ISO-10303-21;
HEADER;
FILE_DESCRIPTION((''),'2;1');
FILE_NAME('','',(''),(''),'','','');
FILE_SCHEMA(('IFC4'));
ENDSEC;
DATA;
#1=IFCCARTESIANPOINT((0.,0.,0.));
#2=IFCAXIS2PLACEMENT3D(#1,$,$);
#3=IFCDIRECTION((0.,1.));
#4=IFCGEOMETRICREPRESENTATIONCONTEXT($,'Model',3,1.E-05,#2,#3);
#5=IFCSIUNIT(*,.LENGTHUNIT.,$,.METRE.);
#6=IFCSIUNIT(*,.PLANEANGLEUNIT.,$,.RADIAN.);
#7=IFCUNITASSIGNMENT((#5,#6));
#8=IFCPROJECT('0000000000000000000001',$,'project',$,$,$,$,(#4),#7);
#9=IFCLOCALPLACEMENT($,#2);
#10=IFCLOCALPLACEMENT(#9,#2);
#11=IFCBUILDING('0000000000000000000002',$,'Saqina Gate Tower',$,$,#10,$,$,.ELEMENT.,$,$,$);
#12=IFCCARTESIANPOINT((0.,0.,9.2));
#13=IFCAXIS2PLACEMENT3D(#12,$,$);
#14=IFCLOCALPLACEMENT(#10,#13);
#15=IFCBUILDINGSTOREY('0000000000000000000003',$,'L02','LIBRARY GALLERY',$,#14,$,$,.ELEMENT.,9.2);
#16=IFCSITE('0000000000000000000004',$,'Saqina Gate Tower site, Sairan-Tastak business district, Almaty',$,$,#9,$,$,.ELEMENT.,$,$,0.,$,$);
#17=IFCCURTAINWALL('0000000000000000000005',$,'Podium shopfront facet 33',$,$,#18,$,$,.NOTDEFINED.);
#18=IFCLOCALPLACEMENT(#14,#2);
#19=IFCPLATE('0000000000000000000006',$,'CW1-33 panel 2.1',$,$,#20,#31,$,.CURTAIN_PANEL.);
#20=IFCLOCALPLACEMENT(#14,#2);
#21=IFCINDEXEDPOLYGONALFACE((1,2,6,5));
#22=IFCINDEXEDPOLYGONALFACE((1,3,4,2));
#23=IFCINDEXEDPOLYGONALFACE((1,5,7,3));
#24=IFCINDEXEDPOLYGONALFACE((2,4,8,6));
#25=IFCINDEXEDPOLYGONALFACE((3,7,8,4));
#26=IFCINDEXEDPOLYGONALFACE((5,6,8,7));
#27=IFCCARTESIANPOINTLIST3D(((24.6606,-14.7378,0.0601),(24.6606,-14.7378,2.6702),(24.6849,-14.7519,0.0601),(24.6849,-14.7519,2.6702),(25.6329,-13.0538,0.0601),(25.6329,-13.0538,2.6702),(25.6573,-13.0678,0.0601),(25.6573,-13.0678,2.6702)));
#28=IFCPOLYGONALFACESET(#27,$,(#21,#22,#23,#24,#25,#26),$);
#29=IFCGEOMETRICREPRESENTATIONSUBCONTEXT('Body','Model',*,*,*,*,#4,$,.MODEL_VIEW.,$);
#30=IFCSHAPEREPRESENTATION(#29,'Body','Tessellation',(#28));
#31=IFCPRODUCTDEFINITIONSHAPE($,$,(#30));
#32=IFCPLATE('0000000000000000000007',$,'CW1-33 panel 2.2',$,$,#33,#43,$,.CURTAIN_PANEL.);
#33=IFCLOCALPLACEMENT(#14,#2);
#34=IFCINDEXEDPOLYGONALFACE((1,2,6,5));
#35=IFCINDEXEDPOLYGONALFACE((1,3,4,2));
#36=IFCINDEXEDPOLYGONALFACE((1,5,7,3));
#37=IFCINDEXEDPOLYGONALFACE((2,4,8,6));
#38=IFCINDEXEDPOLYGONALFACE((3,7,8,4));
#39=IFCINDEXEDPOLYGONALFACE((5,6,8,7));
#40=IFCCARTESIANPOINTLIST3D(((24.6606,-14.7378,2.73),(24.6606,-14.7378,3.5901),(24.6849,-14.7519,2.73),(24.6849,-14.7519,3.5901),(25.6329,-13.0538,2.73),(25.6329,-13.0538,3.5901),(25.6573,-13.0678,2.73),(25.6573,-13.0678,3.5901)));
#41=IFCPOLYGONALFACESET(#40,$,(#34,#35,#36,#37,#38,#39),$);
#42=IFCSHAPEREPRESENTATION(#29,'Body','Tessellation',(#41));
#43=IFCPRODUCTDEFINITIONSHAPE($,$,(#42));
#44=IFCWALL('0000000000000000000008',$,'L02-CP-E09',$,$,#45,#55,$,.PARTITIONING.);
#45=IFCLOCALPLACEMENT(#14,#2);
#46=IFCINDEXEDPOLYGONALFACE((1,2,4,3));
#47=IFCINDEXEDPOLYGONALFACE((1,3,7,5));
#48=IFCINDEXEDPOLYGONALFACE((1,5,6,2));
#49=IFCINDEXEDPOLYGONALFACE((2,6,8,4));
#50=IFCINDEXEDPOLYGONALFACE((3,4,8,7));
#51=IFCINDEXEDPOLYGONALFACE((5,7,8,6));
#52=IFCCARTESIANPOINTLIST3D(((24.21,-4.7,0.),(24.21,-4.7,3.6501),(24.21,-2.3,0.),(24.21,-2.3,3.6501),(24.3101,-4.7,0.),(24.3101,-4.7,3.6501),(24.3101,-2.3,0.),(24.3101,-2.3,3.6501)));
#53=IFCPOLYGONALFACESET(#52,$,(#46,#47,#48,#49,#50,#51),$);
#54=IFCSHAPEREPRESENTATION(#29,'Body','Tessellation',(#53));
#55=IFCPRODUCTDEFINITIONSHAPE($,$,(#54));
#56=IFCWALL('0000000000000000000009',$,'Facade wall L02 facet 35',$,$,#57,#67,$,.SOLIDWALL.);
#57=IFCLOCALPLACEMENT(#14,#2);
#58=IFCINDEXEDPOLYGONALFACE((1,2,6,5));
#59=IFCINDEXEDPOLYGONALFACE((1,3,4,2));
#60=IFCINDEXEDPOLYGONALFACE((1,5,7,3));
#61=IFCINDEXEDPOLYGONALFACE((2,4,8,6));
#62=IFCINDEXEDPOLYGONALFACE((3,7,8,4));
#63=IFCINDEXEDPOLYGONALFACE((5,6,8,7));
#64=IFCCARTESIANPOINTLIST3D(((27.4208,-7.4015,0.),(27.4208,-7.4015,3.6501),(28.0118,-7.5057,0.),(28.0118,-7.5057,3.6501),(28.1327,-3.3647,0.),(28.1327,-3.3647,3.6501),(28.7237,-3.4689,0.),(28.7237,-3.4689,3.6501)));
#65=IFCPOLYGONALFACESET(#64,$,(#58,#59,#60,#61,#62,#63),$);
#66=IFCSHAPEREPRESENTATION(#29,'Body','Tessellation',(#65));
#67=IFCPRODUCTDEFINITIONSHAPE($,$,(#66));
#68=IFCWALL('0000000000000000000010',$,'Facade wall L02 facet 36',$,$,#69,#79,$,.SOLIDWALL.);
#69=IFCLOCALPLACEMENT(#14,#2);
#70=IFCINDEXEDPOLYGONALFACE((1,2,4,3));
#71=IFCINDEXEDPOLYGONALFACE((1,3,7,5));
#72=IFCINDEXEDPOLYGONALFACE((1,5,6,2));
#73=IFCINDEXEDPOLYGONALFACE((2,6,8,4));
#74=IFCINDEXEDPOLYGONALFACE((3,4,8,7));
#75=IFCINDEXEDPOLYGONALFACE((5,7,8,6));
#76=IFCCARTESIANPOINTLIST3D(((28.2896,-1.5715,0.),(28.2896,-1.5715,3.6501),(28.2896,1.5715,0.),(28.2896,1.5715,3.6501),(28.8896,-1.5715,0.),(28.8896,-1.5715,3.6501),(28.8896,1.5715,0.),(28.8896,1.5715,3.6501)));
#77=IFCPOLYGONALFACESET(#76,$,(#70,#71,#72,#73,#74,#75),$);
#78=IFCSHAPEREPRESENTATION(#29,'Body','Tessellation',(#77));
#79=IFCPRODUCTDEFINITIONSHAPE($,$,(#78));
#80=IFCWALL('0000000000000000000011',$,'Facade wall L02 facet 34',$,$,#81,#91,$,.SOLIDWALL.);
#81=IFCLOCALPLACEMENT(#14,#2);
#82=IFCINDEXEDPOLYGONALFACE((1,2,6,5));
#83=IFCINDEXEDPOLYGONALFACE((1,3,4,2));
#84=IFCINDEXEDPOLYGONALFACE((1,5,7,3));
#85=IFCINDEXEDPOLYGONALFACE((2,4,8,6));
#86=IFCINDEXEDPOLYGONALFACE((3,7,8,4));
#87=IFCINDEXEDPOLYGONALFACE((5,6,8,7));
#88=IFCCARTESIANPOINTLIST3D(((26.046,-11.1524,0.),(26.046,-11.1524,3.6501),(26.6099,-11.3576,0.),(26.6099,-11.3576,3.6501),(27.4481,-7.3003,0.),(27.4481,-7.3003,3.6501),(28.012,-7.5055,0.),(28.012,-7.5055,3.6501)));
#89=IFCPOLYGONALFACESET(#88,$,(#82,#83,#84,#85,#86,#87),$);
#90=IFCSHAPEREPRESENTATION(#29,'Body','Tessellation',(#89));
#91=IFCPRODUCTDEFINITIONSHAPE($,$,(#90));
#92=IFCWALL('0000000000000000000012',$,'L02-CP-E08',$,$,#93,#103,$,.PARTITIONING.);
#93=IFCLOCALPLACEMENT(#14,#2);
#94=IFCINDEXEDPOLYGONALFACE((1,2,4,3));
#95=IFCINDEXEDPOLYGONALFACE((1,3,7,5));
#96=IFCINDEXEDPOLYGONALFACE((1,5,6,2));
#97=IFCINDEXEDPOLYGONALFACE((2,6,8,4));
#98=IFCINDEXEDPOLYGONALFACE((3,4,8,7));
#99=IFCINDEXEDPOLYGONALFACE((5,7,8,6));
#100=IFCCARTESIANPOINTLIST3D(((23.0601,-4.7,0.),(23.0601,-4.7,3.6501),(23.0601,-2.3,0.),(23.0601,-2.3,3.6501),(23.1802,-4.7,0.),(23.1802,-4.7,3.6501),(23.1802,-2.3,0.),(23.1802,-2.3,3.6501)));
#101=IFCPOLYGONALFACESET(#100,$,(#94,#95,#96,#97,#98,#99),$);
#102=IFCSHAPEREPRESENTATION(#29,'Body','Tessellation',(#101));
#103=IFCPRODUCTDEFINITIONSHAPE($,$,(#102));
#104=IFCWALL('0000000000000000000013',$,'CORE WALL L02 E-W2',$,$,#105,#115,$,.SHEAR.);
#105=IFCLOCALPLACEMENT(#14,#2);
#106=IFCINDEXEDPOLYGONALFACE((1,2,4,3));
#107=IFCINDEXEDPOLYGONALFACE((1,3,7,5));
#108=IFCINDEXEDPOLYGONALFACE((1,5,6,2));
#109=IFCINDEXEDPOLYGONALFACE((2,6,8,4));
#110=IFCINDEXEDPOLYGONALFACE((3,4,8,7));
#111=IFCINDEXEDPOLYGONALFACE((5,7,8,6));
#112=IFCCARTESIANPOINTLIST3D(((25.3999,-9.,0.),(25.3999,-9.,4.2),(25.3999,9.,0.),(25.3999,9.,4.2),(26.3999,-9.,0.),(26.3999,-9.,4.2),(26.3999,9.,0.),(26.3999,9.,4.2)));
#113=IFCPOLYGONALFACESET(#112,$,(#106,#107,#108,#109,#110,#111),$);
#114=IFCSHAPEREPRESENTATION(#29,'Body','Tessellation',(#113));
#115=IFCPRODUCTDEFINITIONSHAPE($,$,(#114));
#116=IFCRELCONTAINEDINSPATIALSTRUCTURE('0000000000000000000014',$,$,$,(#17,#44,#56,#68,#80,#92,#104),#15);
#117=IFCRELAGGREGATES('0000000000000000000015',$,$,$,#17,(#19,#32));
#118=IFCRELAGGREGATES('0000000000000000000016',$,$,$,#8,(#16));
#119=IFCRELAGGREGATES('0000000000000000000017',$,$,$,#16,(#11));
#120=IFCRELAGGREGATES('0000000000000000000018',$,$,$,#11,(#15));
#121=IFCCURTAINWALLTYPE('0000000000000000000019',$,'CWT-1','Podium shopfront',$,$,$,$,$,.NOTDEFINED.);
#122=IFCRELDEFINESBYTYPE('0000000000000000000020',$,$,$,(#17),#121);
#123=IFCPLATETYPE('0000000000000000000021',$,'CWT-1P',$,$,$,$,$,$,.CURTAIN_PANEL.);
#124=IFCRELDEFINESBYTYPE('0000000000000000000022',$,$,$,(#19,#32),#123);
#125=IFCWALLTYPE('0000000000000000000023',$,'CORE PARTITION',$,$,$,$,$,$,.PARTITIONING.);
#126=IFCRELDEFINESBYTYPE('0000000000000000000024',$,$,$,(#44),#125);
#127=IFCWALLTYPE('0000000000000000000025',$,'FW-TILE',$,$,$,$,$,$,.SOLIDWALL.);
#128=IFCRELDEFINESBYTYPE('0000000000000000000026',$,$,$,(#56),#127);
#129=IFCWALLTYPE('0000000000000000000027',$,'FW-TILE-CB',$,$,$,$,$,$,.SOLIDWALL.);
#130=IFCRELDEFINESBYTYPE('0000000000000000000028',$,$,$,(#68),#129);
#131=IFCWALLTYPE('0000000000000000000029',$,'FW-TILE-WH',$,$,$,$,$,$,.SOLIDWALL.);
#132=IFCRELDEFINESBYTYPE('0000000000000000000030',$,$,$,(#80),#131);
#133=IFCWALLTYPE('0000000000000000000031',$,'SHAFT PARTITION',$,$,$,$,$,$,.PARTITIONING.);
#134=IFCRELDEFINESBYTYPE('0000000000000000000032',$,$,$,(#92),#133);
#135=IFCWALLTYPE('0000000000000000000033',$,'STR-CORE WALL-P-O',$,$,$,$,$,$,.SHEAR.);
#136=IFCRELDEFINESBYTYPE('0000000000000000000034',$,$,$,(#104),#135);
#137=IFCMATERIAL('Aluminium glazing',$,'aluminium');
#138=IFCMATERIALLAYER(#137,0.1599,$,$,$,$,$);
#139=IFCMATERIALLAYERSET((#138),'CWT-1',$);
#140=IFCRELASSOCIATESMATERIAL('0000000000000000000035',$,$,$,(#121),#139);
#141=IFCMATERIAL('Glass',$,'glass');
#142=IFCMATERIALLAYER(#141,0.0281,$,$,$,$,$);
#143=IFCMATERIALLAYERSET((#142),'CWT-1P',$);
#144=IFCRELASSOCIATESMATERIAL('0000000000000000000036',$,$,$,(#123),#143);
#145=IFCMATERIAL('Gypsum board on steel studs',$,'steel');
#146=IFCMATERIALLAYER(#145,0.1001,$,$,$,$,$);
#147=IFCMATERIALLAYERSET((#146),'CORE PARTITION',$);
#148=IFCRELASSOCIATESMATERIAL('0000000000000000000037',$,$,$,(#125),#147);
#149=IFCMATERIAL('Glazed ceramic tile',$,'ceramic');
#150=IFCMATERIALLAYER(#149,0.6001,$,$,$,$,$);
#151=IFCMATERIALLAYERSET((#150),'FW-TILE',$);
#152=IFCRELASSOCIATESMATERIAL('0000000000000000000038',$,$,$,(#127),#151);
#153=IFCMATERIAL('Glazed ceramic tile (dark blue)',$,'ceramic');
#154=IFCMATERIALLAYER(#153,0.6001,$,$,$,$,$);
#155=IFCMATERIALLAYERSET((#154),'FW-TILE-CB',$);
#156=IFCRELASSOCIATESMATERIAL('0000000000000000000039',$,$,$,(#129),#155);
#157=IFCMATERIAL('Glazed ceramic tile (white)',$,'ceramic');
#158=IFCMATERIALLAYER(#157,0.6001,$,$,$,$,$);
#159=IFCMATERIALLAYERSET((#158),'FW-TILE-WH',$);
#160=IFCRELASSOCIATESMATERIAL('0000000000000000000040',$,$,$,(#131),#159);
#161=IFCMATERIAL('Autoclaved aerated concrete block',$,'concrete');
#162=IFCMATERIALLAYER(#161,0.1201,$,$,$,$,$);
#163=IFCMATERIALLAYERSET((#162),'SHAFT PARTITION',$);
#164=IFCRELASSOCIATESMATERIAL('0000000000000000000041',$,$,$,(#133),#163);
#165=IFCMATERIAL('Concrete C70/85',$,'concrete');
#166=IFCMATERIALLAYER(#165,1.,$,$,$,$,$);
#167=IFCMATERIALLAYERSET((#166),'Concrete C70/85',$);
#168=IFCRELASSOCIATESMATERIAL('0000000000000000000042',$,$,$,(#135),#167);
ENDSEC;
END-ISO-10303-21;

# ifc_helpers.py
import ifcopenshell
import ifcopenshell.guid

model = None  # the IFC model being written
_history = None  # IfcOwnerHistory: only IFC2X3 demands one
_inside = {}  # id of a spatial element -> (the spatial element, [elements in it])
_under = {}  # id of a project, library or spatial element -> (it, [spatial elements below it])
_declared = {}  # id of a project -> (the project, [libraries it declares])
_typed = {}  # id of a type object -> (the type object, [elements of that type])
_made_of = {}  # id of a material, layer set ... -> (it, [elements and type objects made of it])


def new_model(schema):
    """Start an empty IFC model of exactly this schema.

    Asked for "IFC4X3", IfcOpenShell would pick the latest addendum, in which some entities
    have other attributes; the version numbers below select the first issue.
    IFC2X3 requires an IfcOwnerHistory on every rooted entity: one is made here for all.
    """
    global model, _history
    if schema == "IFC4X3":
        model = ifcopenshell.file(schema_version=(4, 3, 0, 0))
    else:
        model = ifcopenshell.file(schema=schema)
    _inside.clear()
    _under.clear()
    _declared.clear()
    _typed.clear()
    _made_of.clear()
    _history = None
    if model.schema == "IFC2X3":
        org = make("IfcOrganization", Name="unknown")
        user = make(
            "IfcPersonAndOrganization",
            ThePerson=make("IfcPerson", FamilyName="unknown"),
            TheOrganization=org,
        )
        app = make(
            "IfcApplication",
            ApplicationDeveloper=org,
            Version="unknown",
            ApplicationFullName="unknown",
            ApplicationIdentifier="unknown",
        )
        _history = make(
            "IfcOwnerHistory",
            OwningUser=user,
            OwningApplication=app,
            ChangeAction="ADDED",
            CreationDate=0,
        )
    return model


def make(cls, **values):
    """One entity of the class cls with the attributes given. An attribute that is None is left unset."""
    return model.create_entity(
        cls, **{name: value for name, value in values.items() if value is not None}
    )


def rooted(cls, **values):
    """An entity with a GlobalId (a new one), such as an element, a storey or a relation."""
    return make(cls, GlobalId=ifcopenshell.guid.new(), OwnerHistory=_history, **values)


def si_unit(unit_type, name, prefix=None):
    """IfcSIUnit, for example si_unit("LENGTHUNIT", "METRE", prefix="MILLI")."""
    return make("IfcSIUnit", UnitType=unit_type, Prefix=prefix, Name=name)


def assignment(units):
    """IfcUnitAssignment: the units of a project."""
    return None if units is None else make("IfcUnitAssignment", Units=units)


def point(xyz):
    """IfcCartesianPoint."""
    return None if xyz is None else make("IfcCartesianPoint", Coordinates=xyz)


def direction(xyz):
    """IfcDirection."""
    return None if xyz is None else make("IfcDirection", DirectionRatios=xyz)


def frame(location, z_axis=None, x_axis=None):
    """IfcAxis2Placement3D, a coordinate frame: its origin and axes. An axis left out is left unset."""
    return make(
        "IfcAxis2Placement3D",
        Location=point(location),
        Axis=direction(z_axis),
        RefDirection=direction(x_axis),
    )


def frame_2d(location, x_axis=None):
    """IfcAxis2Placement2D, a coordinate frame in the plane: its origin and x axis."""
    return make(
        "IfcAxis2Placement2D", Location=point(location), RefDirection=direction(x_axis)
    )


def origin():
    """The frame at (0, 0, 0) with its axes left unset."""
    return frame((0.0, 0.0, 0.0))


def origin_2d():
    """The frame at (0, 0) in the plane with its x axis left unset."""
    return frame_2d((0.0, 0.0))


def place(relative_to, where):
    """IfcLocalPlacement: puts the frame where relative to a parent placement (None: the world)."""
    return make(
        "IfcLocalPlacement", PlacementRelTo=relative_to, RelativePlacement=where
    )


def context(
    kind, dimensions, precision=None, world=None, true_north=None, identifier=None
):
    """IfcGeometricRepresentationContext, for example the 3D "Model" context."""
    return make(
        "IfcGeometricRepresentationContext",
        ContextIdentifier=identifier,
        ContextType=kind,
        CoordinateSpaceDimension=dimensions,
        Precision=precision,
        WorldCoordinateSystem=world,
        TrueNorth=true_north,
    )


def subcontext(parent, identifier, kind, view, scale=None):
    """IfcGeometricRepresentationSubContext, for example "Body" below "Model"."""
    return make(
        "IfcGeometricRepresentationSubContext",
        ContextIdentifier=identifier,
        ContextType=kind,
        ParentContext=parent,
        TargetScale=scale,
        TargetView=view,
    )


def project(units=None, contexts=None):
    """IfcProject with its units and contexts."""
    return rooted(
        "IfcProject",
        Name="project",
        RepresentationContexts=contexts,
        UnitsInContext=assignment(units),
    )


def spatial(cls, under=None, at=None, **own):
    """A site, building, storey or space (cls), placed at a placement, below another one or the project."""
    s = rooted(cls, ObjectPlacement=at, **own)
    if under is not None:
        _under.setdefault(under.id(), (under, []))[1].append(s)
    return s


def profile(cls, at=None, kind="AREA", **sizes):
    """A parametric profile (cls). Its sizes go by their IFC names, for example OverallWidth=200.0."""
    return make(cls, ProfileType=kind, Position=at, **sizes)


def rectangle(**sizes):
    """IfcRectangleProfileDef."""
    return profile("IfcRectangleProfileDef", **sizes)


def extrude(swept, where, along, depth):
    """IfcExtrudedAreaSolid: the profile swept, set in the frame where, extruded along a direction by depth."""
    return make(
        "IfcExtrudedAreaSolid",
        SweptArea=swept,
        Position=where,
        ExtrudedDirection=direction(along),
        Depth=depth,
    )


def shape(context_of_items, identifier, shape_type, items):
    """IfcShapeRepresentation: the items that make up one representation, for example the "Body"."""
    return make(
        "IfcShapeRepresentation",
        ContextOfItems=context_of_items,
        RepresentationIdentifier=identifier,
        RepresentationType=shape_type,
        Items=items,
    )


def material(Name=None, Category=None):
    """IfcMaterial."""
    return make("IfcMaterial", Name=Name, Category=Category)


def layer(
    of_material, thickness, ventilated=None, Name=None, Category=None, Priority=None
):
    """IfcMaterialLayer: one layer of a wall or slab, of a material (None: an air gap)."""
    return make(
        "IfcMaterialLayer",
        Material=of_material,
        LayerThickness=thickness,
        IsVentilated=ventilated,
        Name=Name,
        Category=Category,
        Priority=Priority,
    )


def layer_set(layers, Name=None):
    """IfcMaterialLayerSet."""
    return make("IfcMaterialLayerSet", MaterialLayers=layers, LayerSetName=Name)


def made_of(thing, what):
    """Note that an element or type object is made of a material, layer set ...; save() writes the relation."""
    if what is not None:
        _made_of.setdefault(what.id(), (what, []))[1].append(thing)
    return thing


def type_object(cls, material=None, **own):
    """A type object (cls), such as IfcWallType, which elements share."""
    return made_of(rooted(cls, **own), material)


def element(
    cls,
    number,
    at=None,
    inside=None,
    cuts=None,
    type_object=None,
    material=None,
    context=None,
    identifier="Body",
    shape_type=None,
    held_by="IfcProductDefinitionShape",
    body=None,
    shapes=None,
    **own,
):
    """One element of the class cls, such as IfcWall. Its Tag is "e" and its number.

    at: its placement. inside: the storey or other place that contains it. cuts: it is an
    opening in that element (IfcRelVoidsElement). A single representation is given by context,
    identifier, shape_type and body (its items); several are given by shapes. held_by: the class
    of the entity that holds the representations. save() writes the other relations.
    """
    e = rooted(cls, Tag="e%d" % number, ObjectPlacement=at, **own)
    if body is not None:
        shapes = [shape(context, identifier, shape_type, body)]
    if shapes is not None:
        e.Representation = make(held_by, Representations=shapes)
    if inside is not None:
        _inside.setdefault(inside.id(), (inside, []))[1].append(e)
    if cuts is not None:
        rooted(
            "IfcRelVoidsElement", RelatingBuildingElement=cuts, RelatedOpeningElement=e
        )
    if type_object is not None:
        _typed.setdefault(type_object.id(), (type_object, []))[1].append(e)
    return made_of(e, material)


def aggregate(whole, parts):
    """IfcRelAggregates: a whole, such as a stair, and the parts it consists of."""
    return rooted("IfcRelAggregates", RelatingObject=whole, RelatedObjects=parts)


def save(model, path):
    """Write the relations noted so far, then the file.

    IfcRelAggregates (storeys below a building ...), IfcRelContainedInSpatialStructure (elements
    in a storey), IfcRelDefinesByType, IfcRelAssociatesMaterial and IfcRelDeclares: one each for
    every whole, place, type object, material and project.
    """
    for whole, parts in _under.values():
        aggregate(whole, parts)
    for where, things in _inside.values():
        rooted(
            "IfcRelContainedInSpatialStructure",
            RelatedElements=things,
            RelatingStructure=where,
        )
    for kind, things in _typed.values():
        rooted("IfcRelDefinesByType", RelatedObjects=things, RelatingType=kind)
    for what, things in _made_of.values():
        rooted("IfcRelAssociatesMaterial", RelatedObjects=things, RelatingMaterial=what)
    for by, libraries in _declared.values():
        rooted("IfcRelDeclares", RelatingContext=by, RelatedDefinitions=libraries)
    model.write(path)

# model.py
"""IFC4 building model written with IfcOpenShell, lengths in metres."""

from ifc_helpers import new_model, si_unit, direction, frame, frame_2d, origin, origin_2d, place, context, subcontext, project, spatial, rectangle, extrude, material, layer, layer_set, type_object, element, aggregate, save


model = new_model("IFC4")

# Units and contexts
model_context = context("Model", 3, precision=1e-05, world=origin(), true_north=direction((0.0, 1.0)))
body_context = subcontext(model_context, "Body", "Model", "MODEL_VIEW")
ifc_project = project(units=[si_unit("LENGTHUNIT", "METRE"), si_unit("PLANEANGLEUNIT", "RADIAN")], contexts=[model_context])

# Site, building, storey
site_placement = place(None, origin())
site = spatial("IfcSite", under=ifc_project, at=site_placement, Name="Saqina Gate Tower site, Sairan-Tastak business district, Almaty", CompositionType="ELEMENT", RefElevation=0.0)
building_placement = place(site_placement, origin())
building = spatial("IfcBuilding", under=site, at=building_placement, Name="Saqina Gate Tower", CompositionType="ELEMENT")
storey_placement = place(building_placement, frame((0.0, 0.0, 9.2)))
storey = spatial("IfcBuildingStorey", under=building, at=storey_placement, Name="L02", Description="LIBRARY GALLERY", CompositionType="ELEMENT", Elevation=9.2)

# Shared definitions
ifc_material_1 = material(Name="Aluminium glazing", Category="aluminium")
ifc_layer_1 = layer(ifc_material_1, 0.1599)
ifc_layer_set_1 = layer_set([ifc_layer_1], Name="CWT-1")
curtain_wall_type = type_object("IfcCurtainWallType", Name="CWT-1", Description="Podium shopfront", PredefinedType="NOTDEFINED", material=ifc_layer_set_1)

# Curtain wall, plates
curtain_wall_1_placement = place(storey_placement, origin())
curtain_wall_1 = element("IfcCurtainWall", 1, at=curtain_wall_1_placement, inside=storey, type_object=curtain_wall_type, Name="Podium shopfront facet 33", PredefinedType="NOTDEFINED")
ifc_material_2 = material(Name="Glass", Category="glass")
ifc_layer_2 = layer(ifc_material_2, 0.0281)
ifc_layer_set_2 = layer_set([ifc_layer_2], Name="CWT-1P")
plate_type = type_object("IfcPlateType", Name="CWT-1P", PredefinedType="CURTAIN_PANEL", material=ifc_layer_set_2)
plate_1_placement = place(storey_placement, frame((25.1589, -13.9028, 0.0601), z_axis=(0.0, 0.0, 1.0), x_axis=(0.500014, 0.866017, 0.0)))
plate_1 = element("IfcPlate", 2, at=plate_1_placement, type_object=plate_type, Name="CW1-33 panel 2.1", PredefinedType="CURTAIN_PANEL", context=body_context, shape_type="SweptSolid", body=[
    extrude(rectangle(XDim=1.9446, YDim=0.0281, at=origin_2d()), origin(), (0.0, 0.0, 1.0), 2.6101),
])
plate_2_placement = place(storey_placement, frame((25.1589, -13.9028, 2.73), z_axis=(0.0, 0.0, 1.0), x_axis=(0.500014, 0.866017, 0.0)))
plate_2 = element("IfcPlate", 3, at=plate_2_placement, type_object=plate_type, Name="CW1-33 panel 2.2", PredefinedType="CURTAIN_PANEL", context=body_context, shape_type="SweptSolid", body=[
    extrude(rectangle(XDim=1.9446, YDim=0.0281, at=origin_2d()), origin(), (0.0, 0.0, 1.0), 0.8601),
])
aggregate(curtain_wall_1, [plate_1, plate_2])

# Walls
ifc_material_3 = material(Name="Gypsum board on steel studs", Category="steel")
ifc_layer_3 = layer(ifc_material_3, 0.1001)
ifc_layer_set_3 = layer_set([ifc_layer_3], Name="CORE PARTITION")
wall_type_1 = type_object("IfcWallType", Name="CORE PARTITION", PredefinedType="PARTITIONING", material=ifc_layer_set_3)
wall_1_placement = place(storey_placement, frame((24.26, -4.7, 0.0), z_axis=(0.0, 0.0, 1.0), x_axis=(0.0, 1.0, 0.0)))
element("IfcWall", 4, at=wall_1_placement, inside=storey, type_object=wall_type_1, Name="L02-CP-E09", PredefinedType="PARTITIONING", context=body_context, shape_type="SweptSolid", body=[
    extrude(rectangle(XDim=2.3999, YDim=0.1001, at=frame_2d((1.2, 0.0))), origin(), (0.0, 0.0, 1.0), 3.6501),
])
ifc_material_4 = material(Name="Glazed ceramic tile", Category="ceramic")
ifc_layer_4 = layer(ifc_material_4, 0.6001)
ifc_layer_set_4 = layer_set([ifc_layer_4], Name="FW-TILE")
wall_type_2 = type_object("IfcWallType", Name="FW-TILE", PredefinedType="SOLIDWALL", material=ifc_layer_set_4)
wall_2_placement = place(storey_placement, frame((27.7163, -7.4536, 0.0), z_axis=(0.0, 0.0, 1.0), x_axis=(0.173673, 0.984803, 0.0)))
element("IfcWall", 5, at=wall_2_placement, inside=storey, type_object=wall_type_2, Name="Facade wall L02 facet 35", PredefinedType="SOLIDWALL", context=body_context, shape_type="SweptSolid", body=[
    extrude(rectangle(XDim=4.0991, YDim=0.6001, at=frame_2d((2.0496, 0.0))), origin(), (0.0, 0.0, 1.0), 3.6501),
])
ifc_material_5 = material(Name="Glazed ceramic tile (dark blue)", Category="ceramic")
ifc_layer_5 = layer(ifc_material_5, 0.6001)
ifc_layer_set_5 = layer_set([ifc_layer_5], Name="FW-TILE-CB")
wall_type_3 = type_object("IfcWallType", Name="FW-TILE-CB", PredefinedType="SOLIDWALL", material=ifc_layer_set_5)
wall_3_placement = place(storey_placement, frame((28.5896, -1.5715, 0.0), z_axis=(0.0, 0.0, 1.0), x_axis=(0.0, 1.0, 0.0)))
element("IfcWall", 6, at=wall_3_placement, inside=storey, type_object=wall_type_3, Name="Facade wall L02 facet 36", PredefinedType="SOLIDWALL", context=body_context, shape_type="SweptSolid", body=[
    extrude(rectangle(XDim=3.1431, YDim=0.6001, at=frame_2d((1.5715, 0.0))), origin(), (0.0, 0.0, 1.0), 3.6501),
])
ifc_material_6 = material(Name="Glazed ceramic tile (white)", Category="ceramic")
ifc_layer_6 = layer(ifc_material_6, 0.6001)
ifc_layer_set_6 = layer_set([ifc_layer_6], Name="FW-TILE-WH")
wall_type_4 = type_object("IfcWallType", Name="FW-TILE-WH", PredefinedType="SOLIDWALL", material=ifc_layer_set_6)
wall_4_placement = place(storey_placement, frame((26.3279, -11.2551, 0.0), z_axis=(0.0, 0.0, 1.0), x_axis=(0.342035, 0.939687, 0.0)))
element("IfcWall", 7, at=wall_4_placement, inside=storey, type_object=wall_type_4, Name="Facade wall L02 facet 34", PredefinedType="SOLIDWALL", context=body_context, shape_type="SweptSolid", body=[
    extrude(rectangle(XDim=4.0994, YDim=0.6001, at=frame_2d((2.0498, 0.0))), origin(), (0.0, 0.0, 1.0), 3.6501),
])
ifc_material_7 = material(Name="Autoclaved aerated concrete block", Category="concrete")
ifc_layer_7 = layer(ifc_material_7, 0.1201)
ifc_layer_set_7 = layer_set([ifc_layer_7], Name="SHAFT PARTITION")
wall_type_5 = type_object("IfcWallType", Name="SHAFT PARTITION", PredefinedType="PARTITIONING", material=ifc_layer_set_7)
wall_5_placement = place(storey_placement, frame((23.1201, -4.7, 0.0), z_axis=(0.0, 0.0, 1.0), x_axis=(0.0, 1.0, 0.0)))
element("IfcWall", 8, at=wall_5_placement, inside=storey, type_object=wall_type_5, Name="L02-CP-E08", PredefinedType="PARTITIONING", context=body_context, shape_type="SweptSolid", body=[
    extrude(rectangle(XDim=2.3999, YDim=0.1201, at=frame_2d((1.2, 0.0))), origin(), (0.0, 0.0, 1.0), 3.6501),
])
ifc_material_8 = material(Name="Concrete C70/85", Category="concrete")
ifc_layer_8 = layer(ifc_material_8, 1.0)
ifc_layer_set_8 = layer_set([ifc_layer_8], Name="Concrete C70/85")
wall_type_6 = type_object("IfcWallType", Name="STR-CORE WALL-P-O", PredefinedType="SHEAR", material=ifc_layer_set_8)
wall_6_placement = place(storey_placement, frame((25.8999, -9.0, 0.0), z_axis=(0.0, 0.0, 1.0), x_axis=(0.0, 1.0, 0.0)))
element("IfcWall", 9, at=wall_6_placement, inside=storey, type_object=wall_type_6, Name="CORE WALL L02 E-W2", PredefinedType="SHEAR", context=body_context, shape_type="SweptSolid", body=[
    extrude(rectangle(XDim=18.0, YDim=1.0, at=frame_2d((9.0, 0.0))), origin(), (0.0, 0.0, 1.0), 4.2),
])

save(model, "model.ifc")
